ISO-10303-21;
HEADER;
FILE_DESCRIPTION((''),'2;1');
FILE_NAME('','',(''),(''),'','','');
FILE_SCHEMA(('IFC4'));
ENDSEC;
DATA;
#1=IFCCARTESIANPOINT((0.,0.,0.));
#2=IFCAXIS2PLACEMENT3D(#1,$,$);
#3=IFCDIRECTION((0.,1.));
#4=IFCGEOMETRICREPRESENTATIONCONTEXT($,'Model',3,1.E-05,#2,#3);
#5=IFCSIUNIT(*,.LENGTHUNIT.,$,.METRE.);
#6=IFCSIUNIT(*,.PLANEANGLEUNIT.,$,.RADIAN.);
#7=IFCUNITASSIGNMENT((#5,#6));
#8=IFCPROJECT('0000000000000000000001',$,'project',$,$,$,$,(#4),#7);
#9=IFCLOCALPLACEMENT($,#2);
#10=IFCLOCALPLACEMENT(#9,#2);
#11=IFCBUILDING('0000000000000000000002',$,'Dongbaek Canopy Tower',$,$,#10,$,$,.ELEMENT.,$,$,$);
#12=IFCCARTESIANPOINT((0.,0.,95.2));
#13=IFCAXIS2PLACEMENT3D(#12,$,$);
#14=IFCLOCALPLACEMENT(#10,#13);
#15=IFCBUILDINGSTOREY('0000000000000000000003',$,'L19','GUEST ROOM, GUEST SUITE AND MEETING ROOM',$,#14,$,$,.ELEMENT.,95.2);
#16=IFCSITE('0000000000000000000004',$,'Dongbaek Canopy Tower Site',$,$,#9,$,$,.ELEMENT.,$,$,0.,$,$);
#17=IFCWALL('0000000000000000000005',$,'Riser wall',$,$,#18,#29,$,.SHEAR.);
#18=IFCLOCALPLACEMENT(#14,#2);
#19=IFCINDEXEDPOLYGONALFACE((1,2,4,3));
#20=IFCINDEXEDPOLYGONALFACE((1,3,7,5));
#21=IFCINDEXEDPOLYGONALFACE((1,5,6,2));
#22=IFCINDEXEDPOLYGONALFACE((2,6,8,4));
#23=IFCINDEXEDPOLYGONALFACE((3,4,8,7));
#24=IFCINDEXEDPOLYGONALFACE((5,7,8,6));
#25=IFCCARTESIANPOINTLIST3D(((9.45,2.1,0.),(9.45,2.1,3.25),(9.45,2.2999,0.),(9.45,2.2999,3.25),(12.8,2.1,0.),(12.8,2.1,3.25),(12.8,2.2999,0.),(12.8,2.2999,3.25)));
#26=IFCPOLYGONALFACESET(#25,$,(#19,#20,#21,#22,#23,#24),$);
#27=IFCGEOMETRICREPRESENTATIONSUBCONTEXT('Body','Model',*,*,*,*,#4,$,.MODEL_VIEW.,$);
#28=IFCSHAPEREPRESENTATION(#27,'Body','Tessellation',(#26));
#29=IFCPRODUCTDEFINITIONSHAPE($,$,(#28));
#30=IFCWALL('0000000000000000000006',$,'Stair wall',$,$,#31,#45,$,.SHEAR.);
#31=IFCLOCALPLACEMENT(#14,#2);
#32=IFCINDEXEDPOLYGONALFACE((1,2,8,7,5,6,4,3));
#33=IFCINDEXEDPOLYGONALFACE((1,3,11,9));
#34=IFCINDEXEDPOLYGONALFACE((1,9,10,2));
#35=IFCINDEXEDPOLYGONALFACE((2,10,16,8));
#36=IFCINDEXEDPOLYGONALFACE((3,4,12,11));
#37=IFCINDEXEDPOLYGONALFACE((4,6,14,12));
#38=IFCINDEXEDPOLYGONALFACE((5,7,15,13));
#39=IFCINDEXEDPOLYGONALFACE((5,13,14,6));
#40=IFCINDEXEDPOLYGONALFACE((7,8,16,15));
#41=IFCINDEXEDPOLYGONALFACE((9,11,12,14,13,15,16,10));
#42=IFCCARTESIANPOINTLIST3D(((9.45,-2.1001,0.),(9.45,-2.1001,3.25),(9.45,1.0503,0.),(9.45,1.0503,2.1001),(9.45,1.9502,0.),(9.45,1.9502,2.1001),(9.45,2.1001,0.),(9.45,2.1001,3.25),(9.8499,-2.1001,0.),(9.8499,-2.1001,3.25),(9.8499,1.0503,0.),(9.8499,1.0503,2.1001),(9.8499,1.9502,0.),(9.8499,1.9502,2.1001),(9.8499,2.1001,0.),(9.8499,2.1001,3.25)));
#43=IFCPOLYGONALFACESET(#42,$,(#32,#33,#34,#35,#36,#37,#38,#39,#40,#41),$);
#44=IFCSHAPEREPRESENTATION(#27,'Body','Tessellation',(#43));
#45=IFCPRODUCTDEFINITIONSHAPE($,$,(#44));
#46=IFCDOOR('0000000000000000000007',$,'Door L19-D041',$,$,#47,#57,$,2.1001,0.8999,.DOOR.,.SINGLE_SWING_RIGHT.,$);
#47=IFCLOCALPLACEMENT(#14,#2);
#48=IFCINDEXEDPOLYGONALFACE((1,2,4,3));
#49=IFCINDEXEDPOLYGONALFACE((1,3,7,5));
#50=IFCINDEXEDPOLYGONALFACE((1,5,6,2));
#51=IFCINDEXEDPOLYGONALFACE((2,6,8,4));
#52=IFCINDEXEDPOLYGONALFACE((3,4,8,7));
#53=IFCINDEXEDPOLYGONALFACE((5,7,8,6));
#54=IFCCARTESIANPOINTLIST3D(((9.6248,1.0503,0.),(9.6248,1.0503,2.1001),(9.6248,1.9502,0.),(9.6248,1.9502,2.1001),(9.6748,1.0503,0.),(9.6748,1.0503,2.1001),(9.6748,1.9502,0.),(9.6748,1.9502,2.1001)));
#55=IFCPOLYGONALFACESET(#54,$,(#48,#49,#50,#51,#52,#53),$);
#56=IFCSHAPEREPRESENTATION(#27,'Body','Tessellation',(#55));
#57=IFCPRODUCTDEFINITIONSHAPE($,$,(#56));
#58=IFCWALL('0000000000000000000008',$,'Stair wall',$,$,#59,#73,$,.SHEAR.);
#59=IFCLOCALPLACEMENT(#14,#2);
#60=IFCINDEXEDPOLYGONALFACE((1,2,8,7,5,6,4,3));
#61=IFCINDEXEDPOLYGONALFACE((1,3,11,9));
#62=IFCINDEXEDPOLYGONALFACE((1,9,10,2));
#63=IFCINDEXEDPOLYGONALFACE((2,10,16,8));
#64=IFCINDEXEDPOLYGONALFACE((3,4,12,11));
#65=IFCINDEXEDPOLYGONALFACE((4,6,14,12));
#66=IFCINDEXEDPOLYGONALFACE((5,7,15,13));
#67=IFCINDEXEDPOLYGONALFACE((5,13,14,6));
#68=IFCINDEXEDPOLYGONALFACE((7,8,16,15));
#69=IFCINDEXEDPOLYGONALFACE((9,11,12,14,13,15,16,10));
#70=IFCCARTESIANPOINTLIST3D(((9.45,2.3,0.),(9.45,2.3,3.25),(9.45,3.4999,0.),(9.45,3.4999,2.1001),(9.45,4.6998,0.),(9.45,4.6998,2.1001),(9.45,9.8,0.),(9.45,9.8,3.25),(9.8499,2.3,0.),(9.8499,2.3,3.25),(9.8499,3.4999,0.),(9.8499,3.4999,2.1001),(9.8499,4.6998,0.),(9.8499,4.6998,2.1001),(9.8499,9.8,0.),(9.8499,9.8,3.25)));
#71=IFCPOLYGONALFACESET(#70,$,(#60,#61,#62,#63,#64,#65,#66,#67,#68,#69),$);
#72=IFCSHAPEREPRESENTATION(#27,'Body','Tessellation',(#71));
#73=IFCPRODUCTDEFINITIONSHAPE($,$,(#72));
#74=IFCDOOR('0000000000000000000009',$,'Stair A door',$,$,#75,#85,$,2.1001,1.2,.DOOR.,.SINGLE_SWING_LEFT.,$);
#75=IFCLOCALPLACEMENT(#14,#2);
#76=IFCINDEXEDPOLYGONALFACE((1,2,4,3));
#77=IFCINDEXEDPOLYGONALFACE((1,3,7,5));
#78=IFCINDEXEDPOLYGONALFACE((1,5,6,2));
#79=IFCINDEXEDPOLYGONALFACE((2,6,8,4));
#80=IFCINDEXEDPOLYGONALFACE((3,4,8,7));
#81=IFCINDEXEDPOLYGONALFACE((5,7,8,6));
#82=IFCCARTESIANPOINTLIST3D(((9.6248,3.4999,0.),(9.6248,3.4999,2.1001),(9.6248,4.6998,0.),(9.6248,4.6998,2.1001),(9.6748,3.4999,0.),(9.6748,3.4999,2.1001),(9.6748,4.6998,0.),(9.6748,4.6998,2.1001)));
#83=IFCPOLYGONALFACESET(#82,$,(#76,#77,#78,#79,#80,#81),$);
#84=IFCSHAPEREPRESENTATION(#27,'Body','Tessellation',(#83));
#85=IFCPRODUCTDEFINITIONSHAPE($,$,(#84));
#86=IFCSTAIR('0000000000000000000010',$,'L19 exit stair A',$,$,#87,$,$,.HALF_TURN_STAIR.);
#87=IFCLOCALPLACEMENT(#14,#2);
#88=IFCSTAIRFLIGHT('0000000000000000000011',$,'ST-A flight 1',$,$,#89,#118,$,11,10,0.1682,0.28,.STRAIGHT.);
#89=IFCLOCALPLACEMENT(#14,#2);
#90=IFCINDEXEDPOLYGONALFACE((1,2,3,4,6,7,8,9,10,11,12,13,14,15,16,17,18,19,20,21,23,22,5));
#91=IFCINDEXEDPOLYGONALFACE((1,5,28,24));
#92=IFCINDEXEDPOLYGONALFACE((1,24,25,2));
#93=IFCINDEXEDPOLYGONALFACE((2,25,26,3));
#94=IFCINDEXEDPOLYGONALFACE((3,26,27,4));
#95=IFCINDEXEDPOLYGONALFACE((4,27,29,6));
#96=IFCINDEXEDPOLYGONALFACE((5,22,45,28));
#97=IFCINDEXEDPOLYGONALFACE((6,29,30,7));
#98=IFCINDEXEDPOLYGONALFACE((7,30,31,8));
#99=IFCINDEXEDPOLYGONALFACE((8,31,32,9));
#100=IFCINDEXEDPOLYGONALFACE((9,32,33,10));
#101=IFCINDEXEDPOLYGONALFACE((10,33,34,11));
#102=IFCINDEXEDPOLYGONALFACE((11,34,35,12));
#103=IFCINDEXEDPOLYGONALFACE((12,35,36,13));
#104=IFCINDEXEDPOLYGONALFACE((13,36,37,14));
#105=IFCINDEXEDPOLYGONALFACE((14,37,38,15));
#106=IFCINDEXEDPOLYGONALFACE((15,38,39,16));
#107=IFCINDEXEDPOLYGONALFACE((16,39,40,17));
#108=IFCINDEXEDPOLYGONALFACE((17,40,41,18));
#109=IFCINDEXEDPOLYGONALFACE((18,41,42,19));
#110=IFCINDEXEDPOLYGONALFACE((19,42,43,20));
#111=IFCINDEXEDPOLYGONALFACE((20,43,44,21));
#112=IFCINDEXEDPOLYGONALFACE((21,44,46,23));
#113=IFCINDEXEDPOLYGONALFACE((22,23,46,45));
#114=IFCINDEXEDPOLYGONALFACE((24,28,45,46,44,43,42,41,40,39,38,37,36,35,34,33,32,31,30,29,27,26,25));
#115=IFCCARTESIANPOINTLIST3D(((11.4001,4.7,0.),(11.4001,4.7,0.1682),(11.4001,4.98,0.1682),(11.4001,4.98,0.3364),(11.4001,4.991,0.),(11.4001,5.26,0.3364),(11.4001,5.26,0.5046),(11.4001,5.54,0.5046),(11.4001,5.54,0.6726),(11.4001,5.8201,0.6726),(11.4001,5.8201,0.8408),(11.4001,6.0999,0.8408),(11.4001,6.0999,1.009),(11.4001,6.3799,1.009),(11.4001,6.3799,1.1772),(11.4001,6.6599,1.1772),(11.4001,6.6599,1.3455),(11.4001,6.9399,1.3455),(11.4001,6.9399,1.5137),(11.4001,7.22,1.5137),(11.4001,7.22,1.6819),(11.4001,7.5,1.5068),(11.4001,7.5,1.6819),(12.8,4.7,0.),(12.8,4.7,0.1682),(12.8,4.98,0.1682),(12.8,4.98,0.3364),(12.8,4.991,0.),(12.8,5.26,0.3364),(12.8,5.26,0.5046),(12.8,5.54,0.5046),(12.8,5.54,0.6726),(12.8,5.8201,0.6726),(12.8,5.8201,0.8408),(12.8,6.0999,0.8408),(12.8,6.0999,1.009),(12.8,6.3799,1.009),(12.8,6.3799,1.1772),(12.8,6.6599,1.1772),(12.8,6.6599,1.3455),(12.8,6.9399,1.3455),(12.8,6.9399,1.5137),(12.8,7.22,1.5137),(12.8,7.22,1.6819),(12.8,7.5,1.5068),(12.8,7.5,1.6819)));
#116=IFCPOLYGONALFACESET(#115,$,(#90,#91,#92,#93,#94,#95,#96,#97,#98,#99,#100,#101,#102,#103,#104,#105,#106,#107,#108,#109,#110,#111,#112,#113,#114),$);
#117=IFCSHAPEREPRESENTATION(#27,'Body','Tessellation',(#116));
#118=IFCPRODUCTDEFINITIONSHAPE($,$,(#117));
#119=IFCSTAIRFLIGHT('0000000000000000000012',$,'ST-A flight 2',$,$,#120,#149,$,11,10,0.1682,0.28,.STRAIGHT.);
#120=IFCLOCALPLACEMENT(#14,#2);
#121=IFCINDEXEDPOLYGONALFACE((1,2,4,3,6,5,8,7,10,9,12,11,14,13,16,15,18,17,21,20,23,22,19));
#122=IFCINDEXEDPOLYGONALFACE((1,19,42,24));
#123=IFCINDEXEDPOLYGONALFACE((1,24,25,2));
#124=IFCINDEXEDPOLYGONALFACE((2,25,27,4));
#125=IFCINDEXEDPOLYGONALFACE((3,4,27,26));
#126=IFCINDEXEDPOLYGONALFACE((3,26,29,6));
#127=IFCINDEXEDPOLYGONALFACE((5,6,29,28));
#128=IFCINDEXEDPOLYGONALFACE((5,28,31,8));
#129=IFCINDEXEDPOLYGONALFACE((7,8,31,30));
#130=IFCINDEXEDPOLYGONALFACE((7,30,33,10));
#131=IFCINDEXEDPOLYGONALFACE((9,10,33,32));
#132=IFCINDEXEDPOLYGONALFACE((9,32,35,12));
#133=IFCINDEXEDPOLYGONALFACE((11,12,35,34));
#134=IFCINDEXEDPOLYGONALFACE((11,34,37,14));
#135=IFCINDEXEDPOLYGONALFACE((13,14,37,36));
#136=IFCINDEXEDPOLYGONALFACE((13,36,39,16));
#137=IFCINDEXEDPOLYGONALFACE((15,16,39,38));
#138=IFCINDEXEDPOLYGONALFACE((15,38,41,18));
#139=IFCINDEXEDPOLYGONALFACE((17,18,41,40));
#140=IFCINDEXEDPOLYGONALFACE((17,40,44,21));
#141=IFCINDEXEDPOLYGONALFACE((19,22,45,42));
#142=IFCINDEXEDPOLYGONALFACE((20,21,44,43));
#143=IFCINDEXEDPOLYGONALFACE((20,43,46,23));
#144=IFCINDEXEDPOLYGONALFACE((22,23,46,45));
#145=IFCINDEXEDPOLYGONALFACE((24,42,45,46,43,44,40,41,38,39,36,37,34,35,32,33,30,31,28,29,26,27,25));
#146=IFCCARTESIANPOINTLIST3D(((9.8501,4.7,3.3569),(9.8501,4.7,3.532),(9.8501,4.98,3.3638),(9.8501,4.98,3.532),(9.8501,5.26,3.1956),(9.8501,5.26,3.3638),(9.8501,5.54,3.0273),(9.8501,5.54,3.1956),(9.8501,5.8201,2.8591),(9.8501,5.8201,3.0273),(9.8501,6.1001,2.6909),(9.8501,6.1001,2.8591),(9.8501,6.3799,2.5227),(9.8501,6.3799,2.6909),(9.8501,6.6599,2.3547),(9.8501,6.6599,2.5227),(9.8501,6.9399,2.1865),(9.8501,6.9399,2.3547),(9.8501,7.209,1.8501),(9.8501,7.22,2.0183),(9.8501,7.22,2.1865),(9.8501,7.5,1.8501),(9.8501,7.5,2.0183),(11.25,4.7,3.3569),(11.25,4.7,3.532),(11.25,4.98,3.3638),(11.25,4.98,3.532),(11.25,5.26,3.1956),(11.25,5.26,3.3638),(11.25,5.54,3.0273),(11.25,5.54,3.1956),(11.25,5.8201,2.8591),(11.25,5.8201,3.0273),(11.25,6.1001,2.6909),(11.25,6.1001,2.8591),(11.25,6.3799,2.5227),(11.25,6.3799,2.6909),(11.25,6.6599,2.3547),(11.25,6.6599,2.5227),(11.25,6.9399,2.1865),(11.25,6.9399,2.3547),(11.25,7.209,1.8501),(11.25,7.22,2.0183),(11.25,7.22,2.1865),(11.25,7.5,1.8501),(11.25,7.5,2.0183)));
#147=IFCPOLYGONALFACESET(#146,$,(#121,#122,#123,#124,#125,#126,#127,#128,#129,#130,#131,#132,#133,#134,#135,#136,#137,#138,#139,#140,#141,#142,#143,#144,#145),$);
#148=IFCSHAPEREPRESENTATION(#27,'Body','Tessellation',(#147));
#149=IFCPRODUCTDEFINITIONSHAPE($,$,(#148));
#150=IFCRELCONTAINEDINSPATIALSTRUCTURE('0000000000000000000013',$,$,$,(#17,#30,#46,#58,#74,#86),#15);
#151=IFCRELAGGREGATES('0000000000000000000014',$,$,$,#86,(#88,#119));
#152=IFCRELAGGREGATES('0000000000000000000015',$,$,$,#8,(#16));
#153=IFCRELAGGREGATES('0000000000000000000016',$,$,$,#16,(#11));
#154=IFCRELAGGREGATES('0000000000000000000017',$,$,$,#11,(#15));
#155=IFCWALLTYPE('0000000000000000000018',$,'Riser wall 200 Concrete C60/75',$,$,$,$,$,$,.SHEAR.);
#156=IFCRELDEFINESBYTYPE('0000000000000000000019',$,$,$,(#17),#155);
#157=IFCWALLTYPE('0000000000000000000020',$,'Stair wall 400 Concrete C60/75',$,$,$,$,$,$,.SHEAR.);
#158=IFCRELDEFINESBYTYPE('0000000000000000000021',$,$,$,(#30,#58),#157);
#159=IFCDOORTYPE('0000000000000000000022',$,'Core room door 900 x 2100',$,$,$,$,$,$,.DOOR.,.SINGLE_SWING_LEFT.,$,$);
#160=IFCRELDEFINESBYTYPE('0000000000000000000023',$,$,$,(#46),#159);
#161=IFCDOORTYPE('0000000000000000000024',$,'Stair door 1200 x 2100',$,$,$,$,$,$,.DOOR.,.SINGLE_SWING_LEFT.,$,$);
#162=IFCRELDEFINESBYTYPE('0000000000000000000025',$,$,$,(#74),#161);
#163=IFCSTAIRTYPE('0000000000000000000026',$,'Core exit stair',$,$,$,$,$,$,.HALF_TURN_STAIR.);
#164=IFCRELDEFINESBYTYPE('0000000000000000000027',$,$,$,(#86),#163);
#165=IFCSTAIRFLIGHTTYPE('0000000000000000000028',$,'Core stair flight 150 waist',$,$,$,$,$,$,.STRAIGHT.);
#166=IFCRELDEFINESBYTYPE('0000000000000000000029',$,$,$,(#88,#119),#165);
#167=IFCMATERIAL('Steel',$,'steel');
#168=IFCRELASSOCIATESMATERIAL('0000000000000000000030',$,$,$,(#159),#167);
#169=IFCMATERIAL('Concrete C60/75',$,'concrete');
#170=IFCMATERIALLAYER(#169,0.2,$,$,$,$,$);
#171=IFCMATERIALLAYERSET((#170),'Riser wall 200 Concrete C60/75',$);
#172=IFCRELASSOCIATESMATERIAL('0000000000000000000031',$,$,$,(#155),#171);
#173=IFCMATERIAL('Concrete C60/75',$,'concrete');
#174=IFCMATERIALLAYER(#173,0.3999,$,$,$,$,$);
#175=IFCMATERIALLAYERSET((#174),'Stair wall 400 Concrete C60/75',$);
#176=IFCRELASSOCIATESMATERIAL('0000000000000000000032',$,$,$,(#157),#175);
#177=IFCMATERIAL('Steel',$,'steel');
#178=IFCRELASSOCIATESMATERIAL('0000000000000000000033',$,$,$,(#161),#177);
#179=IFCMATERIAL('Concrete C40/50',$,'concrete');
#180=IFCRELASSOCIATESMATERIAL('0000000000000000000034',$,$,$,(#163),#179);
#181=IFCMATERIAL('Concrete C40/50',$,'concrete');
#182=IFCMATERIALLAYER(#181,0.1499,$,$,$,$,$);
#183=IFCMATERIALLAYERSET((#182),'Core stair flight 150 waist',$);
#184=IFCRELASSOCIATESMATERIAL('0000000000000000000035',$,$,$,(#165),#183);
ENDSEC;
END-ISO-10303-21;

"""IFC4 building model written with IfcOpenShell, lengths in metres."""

from ifc_helpers import new_model, si_unit, direction, frame, frame_2d, origin, place, context, subcontext, project, spatial, polyline, rectangle, outline, extrude, material, layer, layer_set, type_object, element, fill, aggregate, save


model = new_model("IFC4")

# Units and contexts
model_context = context("Model", 3, precision=1e-05, world=origin(), true_north=direction((0.0, 1.0)))
body_context = subcontext(model_context, "Body", "Model", "MODEL_VIEW")
ifc_project = project(units=[si_unit("LENGTHUNIT", "METRE"), si_unit("PLANEANGLEUNIT", "RADIAN")], contexts=[model_context])

# Site, building, storey
site_placement = place(None, origin())
site = spatial("IfcSite", under=ifc_project, at=site_placement, Name="Dongbaek Canopy Tower Site", CompositionType="ELEMENT", RefElevation=0.0)
building_placement = place(site_placement, origin())
building = spatial("IfcBuilding", under=site, at=building_placement, Name="Dongbaek Canopy Tower", CompositionType="ELEMENT")
storey_placement = place(building_placement, frame((0.0, 0.0, 95.2)))
storey = spatial("IfcBuildingStorey", under=building, at=storey_placement, Name="L19", Description="GUEST ROOM, GUEST SUITE AND MEETING ROOM", CompositionType="ELEMENT", Elevation=95.2)

# Shared definitions
ifc_material_1 = material(Name="Steel", Category="steel")
door_type_1 = type_object("IfcDoorType", Name="Core room door 900 x 2100", OperationType="SINGLE_SWING_LEFT", PredefinedType="DOOR", material=ifc_material_1)

# Wall
ifc_material_2 = material(Name="Concrete C60/75", Category="concrete")
ifc_layer_1 = layer(ifc_material_2, 0.2)
ifc_layer_set_1 = layer_set([ifc_layer_1], Name="Riser wall 200 Concrete C60/75")
wall_type_1 = type_object("IfcWallType", Name="Riser wall 200 Concrete C60/75", PredefinedType="SHEAR", material=ifc_layer_set_1)
wall_1_placement = place(storey_placement, frame((9.45, 2.2, 0.0), z_axis=(0.0, 0.0, 1.0), x_axis=(1.0, 0.0, 0.0)))
element("IfcWall", 1, at=wall_1_placement, inside=storey, type_object=wall_type_1, Name="Riser wall", PredefinedType="SHEAR", context=body_context, shape_type="SweptSolid", body=[
    extrude(rectangle(XDim=3.3501, YDim=0.2, at=frame_2d((1.675, 0.0))), origin(), (0.0, 0.0, 1.0), 3.25),
])

# Walls, openings, doors
ifc_material_3 = material(Name="Concrete C60/75", Category="concrete")
ifc_layer_2 = layer(ifc_material_3, 0.3999)
ifc_layer_set_2 = layer_set([ifc_layer_2], Name="Stair wall 400 Concrete C60/75")
wall_type_2 = type_object("IfcWallType", Name="Stair wall 400 Concrete C60/75", PredefinedType="SHEAR", material=ifc_layer_set_2)
wall_2_placement = place(storey_placement, frame((9.6499, 2.1001, 0.0), z_axis=(0.0, 0.0, 1.0), x_axis=(0.0, -1.0, 0.0)))
wall_2 = element("IfcWall", 2, at=wall_2_placement, inside=storey, type_object=wall_type_2, Name="Stair wall", PredefinedType="SHEAR", context=body_context, shape_type="SweptSolid", body=[
    extrude(rectangle(XDim=4.2002, YDim=0.3999, at=frame_2d((2.1001, 0.0))), origin(), (0.0, 0.0, 1.0), 3.25),
])
opening_1_placement = place(wall_2_placement, frame((0.1499, 0.0, 0.0)))
opening_1 = element("IfcOpeningElement", 3, at=opening_1_placement, cuts=wall_2, PredefinedType="OPENING", context=body_context, shape_type="SweptSolid", body=[
    extrude(rectangle(XDim=0.8999, YDim=2.1001, at=frame_2d((0.45, 1.05))), frame((0.0, 0.21, 0.0), z_axis=(0.0, -1.0, 0.0), x_axis=(1.0, 0.0, 0.0)), (0.0, 0.0, 1.0), 0.4199),
])
door_1_placement = place(opening_1_placement, origin())
door_1 = element("IfcDoor", 4, at=door_1_placement, inside=storey, type_object=door_type_1, Name="Door L19-D041", OperationType="SINGLE_SWING_RIGHT", OverallHeight=2.1001, OverallWidth=0.8999, PredefinedType="DOOR", context=body_context, shape_type="SweptSolid", body=[
    extrude(rectangle(XDim=0.8999, YDim=2.1001, at=frame_2d((0.45, 1.05))), frame((0.0, 0.0249, 0.0), z_axis=(0.0, -1.0, 0.0), x_axis=(1.0, 0.0, 0.0)), (0.0, 0.0, 1.0), 0.05),
])
fill(opening_1, door_1)
wall_3_placement = place(storey_placement, frame((9.6499, 9.8, 0.0), z_axis=(0.0, 0.0, 1.0), x_axis=(0.0, -1.0, 0.0)))
wall_3 = element("IfcWall", 5, at=wall_3_placement, inside=storey, type_object=wall_type_2, Name="Stair wall", PredefinedType="SHEAR", context=body_context, shape_type="SweptSolid", body=[
    extrude(rectangle(XDim=7.5, YDim=0.3999, at=frame_2d((3.75, 0.0))), origin(), (0.0, 0.0, 1.0), 3.25),
])
opening_2_placement = place(wall_3_placement, frame((5.1001, 0.0, 0.0)))
opening_2 = element("IfcOpeningElement", 6, at=opening_2_placement, cuts=wall_3, PredefinedType="OPENING", context=body_context, shape_type="SweptSolid", body=[
    extrude(rectangle(XDim=1.2, YDim=2.1001, at=frame_2d((0.6001, 1.05))), frame((0.0, 0.21, 0.0), z_axis=(0.0, -1.0, 0.0), x_axis=(1.0, 0.0, 0.0)), (0.0, 0.0, 1.0), 0.4199),
])
ifc_material_4 = material(Name="Steel", Category="steel")
door_type_2 = type_object("IfcDoorType", Name="Stair door 1200 x 2100", OperationType="SINGLE_SWING_LEFT", PredefinedType="DOOR", material=ifc_material_4)
door_2_placement = place(opening_2_placement, origin())
door_2 = element("IfcDoor", 7, at=door_2_placement, inside=storey, type_object=door_type_2, Name="Stair A door", OperationType="SINGLE_SWING_LEFT", OverallHeight=2.1001, OverallWidth=1.2, PredefinedType="DOOR", context=body_context, shape_type="SweptSolid", body=[
    extrude(rectangle(XDim=1.2, YDim=2.1001, at=frame_2d((0.6001, 1.05))), frame((0.0, 0.0249, 0.0), z_axis=(0.0, -1.0, 0.0), x_axis=(1.0, 0.0, 0.0)), (0.0, 0.0, 1.0), 0.05),
])
fill(opening_2, door_2)

# Stair, stair flights
ifc_material_5 = material(Name="Concrete C40/50", Category="concrete")
stair_type = type_object("IfcStairType", Name="Core exit stair", PredefinedType="HALF_TURN_STAIR", material=ifc_material_5)
stair_placement = place(storey_placement, origin())
stair = element("IfcStair", 8, at=stair_placement, inside=storey, type_object=stair_type, Name="L19 exit stair A", PredefinedType="HALF_TURN_STAIR")
ifc_material_6 = material(Name="Concrete C40/50", Category="concrete")
ifc_layer_3 = layer(ifc_material_6, 0.1499)
ifc_layer_set_3 = layer_set([ifc_layer_3], Name="Core stair flight 150 waist")
stair_flight_type = type_object("IfcStairFlightType", Name="Core stair flight 150 waist", PredefinedType="STRAIGHT", material=ifc_layer_set_3)
stair_flight_1_placement = place(storey_placement, frame((12.1001, 4.7, 0.0), z_axis=(0.0, 0.0, 1.0), x_axis=(0.0, 1.0, 0.0)))
stair_flight_1 = element("IfcStairFlight", 9, at=stair_flight_1_placement, type_object=stair_flight_type, Name="ST-A flight 1", NumberOfRisers=11, NumberOfTreads=10, PredefinedType="STRAIGHT", RiserHeight=0.1682, TreadLength=0.28, context=body_context, shape_type="SweptSolid", body=[
    extrude(outline(polyline([(0.0, 0.0), (0.0, 0.1682), (0.28, 0.1682), (0.28, 0.3364), (0.5601, 0.3364), (0.5601, 0.5046), (0.8401, 0.5046), (0.8401, 0.6726), (1.1201, 0.6726), (1.1201, 0.8408), (1.3999, 0.8408), (1.3999, 1.009), (1.6799, 1.009), (1.6799, 1.1772), (1.96, 1.1772), (1.96, 1.3455), (2.24, 1.3455), (2.24, 1.5137), (2.52, 1.5137), (2.52, 1.6819), (2.8, 1.6819), (2.8, 1.8501), (2.8, 1.5068), (0.291, 0.0), (0.0, 0.0)])), frame((0.0, 0.7, 0.0), z_axis=(0.0, -1.0, 0.0), x_axis=(1.0, 0.0, 0.0)), (0.0, 0.0, 1.0), 1.3999),
])
stair_flight_2_placement = place(storey_placement, frame((10.55, 7.5, 1.8501), z_axis=(0.0, 0.0, 1.0), x_axis=(0.0, -1.0, 0.0)))
stair_flight_2 = element("IfcStairFlight", 10, at=stair_flight_2_placement, type_object=stair_flight_type, Name="ST-A flight 2", NumberOfRisers=11, NumberOfTreads=10, PredefinedType="STRAIGHT", RiserHeight=0.1682, TreadLength=0.28, context=body_context, shape_type="SweptSolid", body=[
    extrude(outline(polyline([(0.0, 0.0), (0.0, 0.1682), (0.28, 0.1682), (0.28, 0.3364), (0.5601, 0.3364), (0.5601, 0.5046), (0.8401, 0.5046), (0.8401, 0.6726), (1.1201, 0.6726), (1.1201, 0.8408), (1.3999, 0.8408), (1.3999, 1.009), (1.6799, 1.009), (1.6799, 1.1772), (1.96, 1.1772), (1.96, 1.3455), (2.24, 1.3455), (2.24, 1.5137), (2.52, 1.5137), (2.52, 1.6819), (2.8, 1.6819), (2.8, 1.8501), (2.8, 1.5068), (0.291, 0.0), (0.0, 0.0)])), frame((0.0, 0.7, 0.0), z_axis=(0.0, -1.0, 0.0), x_axis=(1.0, 0.0, 0.0)), (0.0, 0.0, 1.0), 1.3999),
])
aggregate(stair, [stair_flight_1, stair_flight_2])

save(model, "model.ifc")
